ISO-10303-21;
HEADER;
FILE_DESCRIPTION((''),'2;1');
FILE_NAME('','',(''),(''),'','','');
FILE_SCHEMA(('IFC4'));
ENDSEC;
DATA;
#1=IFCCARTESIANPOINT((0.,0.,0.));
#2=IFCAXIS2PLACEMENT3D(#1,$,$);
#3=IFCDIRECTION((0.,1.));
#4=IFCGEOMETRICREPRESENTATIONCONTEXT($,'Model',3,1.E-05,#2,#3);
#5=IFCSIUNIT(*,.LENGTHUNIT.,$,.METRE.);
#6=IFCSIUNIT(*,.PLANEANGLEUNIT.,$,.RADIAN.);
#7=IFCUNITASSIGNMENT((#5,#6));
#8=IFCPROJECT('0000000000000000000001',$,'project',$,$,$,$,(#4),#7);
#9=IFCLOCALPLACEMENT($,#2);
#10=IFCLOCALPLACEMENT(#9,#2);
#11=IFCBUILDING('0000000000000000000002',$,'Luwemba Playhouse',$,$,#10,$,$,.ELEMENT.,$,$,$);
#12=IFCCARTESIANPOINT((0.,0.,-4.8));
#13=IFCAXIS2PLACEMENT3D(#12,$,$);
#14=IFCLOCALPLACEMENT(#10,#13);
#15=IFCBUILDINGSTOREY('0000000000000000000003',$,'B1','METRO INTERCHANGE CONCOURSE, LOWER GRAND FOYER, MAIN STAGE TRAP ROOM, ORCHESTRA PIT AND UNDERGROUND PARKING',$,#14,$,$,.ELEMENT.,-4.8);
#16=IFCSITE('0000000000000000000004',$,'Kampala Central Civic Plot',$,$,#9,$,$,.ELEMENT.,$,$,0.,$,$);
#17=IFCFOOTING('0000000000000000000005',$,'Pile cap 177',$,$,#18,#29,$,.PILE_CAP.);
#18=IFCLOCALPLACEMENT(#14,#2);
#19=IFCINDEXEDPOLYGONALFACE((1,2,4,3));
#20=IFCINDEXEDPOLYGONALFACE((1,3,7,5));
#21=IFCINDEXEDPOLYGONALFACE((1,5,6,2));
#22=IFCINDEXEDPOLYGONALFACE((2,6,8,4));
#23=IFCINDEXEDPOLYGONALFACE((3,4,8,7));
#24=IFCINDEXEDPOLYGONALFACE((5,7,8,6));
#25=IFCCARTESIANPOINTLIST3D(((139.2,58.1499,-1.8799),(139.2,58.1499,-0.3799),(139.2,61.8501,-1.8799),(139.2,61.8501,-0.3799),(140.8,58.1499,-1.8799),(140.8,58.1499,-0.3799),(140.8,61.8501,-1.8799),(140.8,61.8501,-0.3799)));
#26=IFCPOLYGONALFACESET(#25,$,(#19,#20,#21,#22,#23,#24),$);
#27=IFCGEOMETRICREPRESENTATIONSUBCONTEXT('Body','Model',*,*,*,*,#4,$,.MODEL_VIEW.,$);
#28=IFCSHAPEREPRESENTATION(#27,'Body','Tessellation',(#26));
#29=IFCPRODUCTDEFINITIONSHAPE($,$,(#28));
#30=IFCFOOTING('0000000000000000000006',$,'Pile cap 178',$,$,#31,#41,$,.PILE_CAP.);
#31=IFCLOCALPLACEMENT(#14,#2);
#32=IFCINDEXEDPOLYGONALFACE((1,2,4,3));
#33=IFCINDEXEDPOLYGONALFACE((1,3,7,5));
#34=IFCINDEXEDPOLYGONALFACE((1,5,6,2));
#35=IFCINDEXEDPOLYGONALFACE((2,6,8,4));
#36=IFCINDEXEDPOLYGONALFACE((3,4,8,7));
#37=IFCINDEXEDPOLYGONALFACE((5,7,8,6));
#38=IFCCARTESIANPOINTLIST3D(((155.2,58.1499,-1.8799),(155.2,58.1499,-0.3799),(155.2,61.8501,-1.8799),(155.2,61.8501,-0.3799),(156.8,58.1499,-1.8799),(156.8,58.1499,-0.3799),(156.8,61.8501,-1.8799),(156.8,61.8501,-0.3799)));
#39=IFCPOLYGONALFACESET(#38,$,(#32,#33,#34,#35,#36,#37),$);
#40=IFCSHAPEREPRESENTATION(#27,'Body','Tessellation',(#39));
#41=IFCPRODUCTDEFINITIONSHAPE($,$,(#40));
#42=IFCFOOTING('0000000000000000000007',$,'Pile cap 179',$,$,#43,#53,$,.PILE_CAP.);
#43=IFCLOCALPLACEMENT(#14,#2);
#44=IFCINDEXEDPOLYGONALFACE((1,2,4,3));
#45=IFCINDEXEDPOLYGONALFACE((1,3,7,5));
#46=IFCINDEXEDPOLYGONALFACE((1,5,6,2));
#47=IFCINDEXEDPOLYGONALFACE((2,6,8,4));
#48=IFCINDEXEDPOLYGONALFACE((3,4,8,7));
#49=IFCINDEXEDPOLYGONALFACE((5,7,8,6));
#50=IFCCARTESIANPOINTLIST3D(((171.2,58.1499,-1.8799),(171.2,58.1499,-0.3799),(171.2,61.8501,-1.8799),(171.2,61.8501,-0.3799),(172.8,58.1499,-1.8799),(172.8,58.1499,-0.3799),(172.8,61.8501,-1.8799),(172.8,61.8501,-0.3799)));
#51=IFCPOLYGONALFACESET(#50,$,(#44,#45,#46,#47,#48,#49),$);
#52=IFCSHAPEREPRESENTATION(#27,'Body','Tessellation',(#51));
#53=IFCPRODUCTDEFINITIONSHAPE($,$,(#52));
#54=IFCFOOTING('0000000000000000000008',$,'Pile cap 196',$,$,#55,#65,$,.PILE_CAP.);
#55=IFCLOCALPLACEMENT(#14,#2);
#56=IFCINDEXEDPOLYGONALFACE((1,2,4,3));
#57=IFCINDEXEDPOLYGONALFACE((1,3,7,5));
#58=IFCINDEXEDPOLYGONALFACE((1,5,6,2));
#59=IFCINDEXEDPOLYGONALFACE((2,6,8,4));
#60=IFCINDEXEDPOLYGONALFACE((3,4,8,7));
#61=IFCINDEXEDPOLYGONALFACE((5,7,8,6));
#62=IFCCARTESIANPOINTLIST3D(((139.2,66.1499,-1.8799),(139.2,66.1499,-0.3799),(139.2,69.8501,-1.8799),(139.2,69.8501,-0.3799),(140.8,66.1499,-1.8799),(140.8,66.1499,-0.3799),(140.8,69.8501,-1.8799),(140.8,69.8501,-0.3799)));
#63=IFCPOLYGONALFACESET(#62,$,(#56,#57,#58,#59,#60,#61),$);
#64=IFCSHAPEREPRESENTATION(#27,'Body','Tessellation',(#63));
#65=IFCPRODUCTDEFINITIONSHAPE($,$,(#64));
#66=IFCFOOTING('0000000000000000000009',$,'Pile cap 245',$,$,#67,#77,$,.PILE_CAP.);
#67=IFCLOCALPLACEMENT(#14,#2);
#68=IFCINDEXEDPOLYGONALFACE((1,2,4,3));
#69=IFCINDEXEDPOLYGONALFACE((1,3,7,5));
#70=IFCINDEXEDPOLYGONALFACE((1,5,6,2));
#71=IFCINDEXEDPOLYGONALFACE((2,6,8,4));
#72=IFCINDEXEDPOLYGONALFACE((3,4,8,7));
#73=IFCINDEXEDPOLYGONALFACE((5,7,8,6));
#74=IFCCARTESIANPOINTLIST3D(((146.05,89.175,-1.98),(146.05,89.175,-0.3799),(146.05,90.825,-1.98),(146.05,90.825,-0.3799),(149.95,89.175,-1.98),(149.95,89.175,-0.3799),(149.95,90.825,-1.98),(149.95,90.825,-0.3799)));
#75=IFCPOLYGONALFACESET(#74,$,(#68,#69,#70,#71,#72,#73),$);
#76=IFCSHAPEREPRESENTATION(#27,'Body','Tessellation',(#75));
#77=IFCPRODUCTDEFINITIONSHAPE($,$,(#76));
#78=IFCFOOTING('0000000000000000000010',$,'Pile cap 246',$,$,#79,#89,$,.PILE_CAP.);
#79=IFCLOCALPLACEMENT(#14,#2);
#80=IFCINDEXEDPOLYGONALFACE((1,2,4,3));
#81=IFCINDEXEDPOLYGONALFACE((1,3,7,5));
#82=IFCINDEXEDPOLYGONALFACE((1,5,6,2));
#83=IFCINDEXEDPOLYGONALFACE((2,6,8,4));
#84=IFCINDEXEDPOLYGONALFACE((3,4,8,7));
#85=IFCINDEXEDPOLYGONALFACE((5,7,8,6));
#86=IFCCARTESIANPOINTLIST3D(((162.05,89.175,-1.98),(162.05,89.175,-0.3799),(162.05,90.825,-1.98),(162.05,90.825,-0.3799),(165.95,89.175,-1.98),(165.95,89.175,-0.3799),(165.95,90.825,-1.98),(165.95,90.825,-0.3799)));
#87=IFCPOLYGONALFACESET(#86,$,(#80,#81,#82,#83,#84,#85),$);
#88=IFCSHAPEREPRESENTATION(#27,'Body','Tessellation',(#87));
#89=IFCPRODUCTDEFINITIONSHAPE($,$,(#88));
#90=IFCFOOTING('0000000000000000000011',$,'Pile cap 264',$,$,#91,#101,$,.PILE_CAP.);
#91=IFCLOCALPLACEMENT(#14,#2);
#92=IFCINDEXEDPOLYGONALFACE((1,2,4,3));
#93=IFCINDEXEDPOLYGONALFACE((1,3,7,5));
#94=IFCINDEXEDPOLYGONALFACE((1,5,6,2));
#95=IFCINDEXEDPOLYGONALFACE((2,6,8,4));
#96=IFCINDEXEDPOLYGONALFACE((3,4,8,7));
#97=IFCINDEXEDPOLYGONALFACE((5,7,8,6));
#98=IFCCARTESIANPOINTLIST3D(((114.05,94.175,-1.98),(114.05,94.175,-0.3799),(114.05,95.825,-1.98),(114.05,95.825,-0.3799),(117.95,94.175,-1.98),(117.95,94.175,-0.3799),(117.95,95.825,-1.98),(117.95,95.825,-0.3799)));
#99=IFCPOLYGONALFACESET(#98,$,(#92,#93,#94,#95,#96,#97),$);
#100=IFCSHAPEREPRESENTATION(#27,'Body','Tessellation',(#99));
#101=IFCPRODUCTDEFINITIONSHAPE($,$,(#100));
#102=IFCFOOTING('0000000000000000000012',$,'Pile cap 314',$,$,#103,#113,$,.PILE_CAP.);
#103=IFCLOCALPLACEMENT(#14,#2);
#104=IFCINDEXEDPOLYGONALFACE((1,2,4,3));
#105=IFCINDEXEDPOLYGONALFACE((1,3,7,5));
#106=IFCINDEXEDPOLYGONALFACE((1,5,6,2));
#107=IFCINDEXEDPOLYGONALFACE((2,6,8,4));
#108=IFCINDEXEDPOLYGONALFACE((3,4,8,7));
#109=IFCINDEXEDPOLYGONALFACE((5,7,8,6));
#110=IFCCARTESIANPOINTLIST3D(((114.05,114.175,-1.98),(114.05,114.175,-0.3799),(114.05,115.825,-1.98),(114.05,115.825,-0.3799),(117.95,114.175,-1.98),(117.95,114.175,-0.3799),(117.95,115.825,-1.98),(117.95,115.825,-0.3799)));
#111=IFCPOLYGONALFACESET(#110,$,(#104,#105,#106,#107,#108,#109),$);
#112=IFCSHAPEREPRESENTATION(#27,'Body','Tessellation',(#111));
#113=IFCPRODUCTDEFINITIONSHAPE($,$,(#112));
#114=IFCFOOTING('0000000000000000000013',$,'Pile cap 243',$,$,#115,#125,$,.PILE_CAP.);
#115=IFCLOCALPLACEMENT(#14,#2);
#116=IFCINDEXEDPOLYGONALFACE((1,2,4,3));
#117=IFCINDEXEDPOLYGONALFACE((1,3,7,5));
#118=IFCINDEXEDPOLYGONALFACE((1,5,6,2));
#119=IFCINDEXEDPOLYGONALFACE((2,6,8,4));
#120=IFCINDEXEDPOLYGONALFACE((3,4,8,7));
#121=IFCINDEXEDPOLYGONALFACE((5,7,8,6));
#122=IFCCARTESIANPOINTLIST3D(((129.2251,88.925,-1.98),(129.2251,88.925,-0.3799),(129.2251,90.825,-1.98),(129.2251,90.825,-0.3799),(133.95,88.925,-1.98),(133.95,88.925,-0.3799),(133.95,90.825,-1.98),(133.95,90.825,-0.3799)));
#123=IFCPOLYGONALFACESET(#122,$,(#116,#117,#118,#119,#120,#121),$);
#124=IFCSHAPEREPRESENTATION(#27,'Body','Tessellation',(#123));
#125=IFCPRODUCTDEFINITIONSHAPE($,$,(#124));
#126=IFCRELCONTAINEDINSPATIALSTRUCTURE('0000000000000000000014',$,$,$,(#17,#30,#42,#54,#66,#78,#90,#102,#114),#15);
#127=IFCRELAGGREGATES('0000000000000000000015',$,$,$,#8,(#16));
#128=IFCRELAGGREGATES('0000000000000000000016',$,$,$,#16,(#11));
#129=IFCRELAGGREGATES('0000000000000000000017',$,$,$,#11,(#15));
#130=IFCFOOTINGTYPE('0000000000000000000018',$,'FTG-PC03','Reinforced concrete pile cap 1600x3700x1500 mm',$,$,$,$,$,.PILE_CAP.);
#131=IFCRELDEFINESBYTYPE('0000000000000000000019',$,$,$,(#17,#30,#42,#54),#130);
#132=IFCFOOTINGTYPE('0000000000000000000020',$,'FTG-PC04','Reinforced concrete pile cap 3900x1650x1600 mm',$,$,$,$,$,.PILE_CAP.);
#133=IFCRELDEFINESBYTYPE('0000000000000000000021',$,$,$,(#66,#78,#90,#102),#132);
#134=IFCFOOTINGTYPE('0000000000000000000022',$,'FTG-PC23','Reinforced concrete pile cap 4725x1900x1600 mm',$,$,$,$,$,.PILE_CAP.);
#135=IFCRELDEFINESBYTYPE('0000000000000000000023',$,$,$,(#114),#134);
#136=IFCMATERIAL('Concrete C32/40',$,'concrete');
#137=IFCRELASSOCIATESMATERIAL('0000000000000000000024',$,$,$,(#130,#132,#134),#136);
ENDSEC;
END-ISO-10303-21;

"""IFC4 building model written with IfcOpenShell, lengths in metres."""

from ifc_helpers import new_model, si_unit, direction, frame, origin, place, context, subcontext, project, spatial, polyline, outline, extrude, material, type_object, element, save


model = new_model("IFC4")

# Units and contexts
model_context = context("Model", 3, precision=1e-05, world=origin(), true_north=direction((0.0, 1.0)))
body_context = subcontext(model_context, "Body", "Model", "MODEL_VIEW")
ifc_project = project(units=[si_unit("LENGTHUNIT", "METRE"), si_unit("PLANEANGLEUNIT", "RADIAN")], contexts=[model_context])

# Site, building, storey
site_placement = place(None, origin())
site = spatial("IfcSite", under=ifc_project, at=site_placement, Name="Kampala Central Civic Plot", CompositionType="ELEMENT", RefElevation=0.0)
building_placement = place(site_placement, origin())
building = spatial("IfcBuilding", under=site, at=building_placement, Name="Luwemba Playhouse", CompositionType="ELEMENT")
storey_placement = place(building_placement, frame((0.0, 0.0, -4.8)))
storey = spatial("IfcBuildingStorey", under=building, at=storey_placement, Name="B1", Description="METRO INTERCHANGE CONCOURSE, LOWER GRAND FOYER, MAIN STAGE TRAP ROOM, ORCHESTRA PIT AND UNDERGROUND PARKING", CompositionType="ELEMENT", Elevation=-4.8)

# Footings
ifc_material = material(Name="Concrete C32/40", Category="concrete")
footing_type_1 = type_object("IfcFootingType", Name="FTG-PC03", Description="Reinforced concrete pile cap 1600x3700x1500 mm", PredefinedType="PILE_CAP", material=ifc_material)
footing_1_placement = place(storey_placement, frame((0.0, 0.0, -1.8799)))
element("IfcFooting", 1, at=footing_1_placement, inside=storey, type_object=footing_type_1, Name="Pile cap 177", PredefinedType="PILE_CAP", context=body_context, shape_type="SweptSolid", body=[
    extrude(outline(polyline([(139.2, 58.1499), (140.8, 58.1499), (140.8, 61.8501), (139.2, 61.8501), (139.2, 58.1499)])), origin(), (0.0, 0.0, 1.0), 1.5),
])
footing_2_placement = place(storey_placement, frame((0.0, 0.0, -1.8799)))
element("IfcFooting", 2, at=footing_2_placement, inside=storey, type_object=footing_type_1, Name="Pile cap 178", PredefinedType="PILE_CAP", context=body_context, shape_type="SweptSolid", body=[
    extrude(outline(polyline([(155.2, 58.1499), (156.8, 58.1499), (156.8, 61.8501), (155.2, 61.8501), (155.2, 58.1499)])), origin(), (0.0, 0.0, 1.0), 1.5),
])
footing_3_placement = place(storey_placement, frame((0.0, 0.0, -1.8799)))
element("IfcFooting", 3, at=footing_3_placement, inside=storey, type_object=footing_type_1, Name="Pile cap 179", PredefinedType="PILE_CAP", context=body_context, shape_type="SweptSolid", body=[
    extrude(outline(polyline([(171.2, 58.1499), (172.8, 58.1499), (172.8, 61.8501), (171.2, 61.8501), (171.2, 58.1499)])), origin(), (0.0, 0.0, 1.0), 1.5),
])
footing_4_placement = place(storey_placement, frame((0.0, 0.0, -1.8799)))
element("IfcFooting", 4, at=footing_4_placement, inside=storey, type_object=footing_type_1, Name="Pile cap 196", PredefinedType="PILE_CAP", context=body_context, shape_type="SweptSolid", body=[
    extrude(outline(polyline([(139.2, 66.1499), (140.8, 66.1499), (140.8, 69.8501), (139.2, 69.8501), (139.2, 66.1499)])), origin(), (0.0, 0.0, 1.0), 1.5),
])
footing_type_2 = type_object("IfcFootingType", Name="FTG-PC04", Description="Reinforced concrete pile cap 3900x1650x1600 mm", PredefinedType="PILE_CAP", material=ifc_material)
footing_5_placement = place(storey_placement, frame((0.0, 0.0, -1.98)))
element("IfcFooting", 5, at=footing_5_placement, inside=storey, type_object=footing_type_2, Name="Pile cap 245", PredefinedType="PILE_CAP", context=body_context, shape_type="SweptSolid", body=[
    extrude(outline(polyline([(146.05, 89.175), (149.95, 89.175), (149.95, 90.825), (146.05, 90.825), (146.05, 89.175)])), origin(), (0.0, 0.0, 1.0), 1.6001),
])
footing_6_placement = place(storey_placement, frame((0.0, 0.0, -1.98)))
element("IfcFooting", 6, at=footing_6_placement, inside=storey, type_object=footing_type_2, Name="Pile cap 246", PredefinedType="PILE_CAP", context=body_context, shape_type="SweptSolid", body=[
    extrude(outline(polyline([(162.05, 89.175), (165.95, 89.175), (165.95, 90.825), (162.05, 90.825), (162.05, 89.175)])), origin(), (0.0, 0.0, 1.0), 1.6001),
])
footing_7_placement = place(storey_placement, frame((0.0, 0.0, -1.98)))
element("IfcFooting", 7, at=footing_7_placement, inside=storey, type_object=footing_type_2, Name="Pile cap 264", PredefinedType="PILE_CAP", context=body_context, shape_type="SweptSolid", body=[
    extrude(outline(polyline([(114.05, 94.175), (117.95, 94.175), (117.95, 95.825), (114.05, 95.825), (114.05, 94.175)])), origin(), (0.0, 0.0, 1.0), 1.6001),
])
footing_8_placement = place(storey_placement, frame((0.0, 0.0, -1.98)))
element("IfcFooting", 8, at=footing_8_placement, inside=storey, type_object=footing_type_2, Name="Pile cap 314", PredefinedType="PILE_CAP", context=body_context, shape_type="SweptSolid", body=[
    extrude(outline(polyline([(114.05, 114.175), (117.95, 114.175), (117.95, 115.825), (114.05, 115.825), (114.05, 114.175)])), origin(), (0.0, 0.0, 1.0), 1.6001),
])
footing_type_3 = type_object("IfcFootingType", Name="FTG-PC23", Description="Reinforced concrete pile cap 4725x1900x1600 mm", PredefinedType="PILE_CAP", material=ifc_material)
footing_9_placement = place(storey_placement, frame((0.0, 0.0, -1.98)))
element("IfcFooting", 9, at=footing_9_placement, inside=storey, type_object=footing_type_3, Name="Pile cap 243", PredefinedType="PILE_CAP", context=body_context, shape_type="SweptSolid", body=[
    extrude(outline(polyline([(129.2251, 88.925), (133.95, 88.925), (133.95, 90.825), (129.2251, 90.825), (129.2251, 88.925)])), origin(), (0.0, 0.0, 1.0), 1.6001),
])

save(model, "model.ifc")
